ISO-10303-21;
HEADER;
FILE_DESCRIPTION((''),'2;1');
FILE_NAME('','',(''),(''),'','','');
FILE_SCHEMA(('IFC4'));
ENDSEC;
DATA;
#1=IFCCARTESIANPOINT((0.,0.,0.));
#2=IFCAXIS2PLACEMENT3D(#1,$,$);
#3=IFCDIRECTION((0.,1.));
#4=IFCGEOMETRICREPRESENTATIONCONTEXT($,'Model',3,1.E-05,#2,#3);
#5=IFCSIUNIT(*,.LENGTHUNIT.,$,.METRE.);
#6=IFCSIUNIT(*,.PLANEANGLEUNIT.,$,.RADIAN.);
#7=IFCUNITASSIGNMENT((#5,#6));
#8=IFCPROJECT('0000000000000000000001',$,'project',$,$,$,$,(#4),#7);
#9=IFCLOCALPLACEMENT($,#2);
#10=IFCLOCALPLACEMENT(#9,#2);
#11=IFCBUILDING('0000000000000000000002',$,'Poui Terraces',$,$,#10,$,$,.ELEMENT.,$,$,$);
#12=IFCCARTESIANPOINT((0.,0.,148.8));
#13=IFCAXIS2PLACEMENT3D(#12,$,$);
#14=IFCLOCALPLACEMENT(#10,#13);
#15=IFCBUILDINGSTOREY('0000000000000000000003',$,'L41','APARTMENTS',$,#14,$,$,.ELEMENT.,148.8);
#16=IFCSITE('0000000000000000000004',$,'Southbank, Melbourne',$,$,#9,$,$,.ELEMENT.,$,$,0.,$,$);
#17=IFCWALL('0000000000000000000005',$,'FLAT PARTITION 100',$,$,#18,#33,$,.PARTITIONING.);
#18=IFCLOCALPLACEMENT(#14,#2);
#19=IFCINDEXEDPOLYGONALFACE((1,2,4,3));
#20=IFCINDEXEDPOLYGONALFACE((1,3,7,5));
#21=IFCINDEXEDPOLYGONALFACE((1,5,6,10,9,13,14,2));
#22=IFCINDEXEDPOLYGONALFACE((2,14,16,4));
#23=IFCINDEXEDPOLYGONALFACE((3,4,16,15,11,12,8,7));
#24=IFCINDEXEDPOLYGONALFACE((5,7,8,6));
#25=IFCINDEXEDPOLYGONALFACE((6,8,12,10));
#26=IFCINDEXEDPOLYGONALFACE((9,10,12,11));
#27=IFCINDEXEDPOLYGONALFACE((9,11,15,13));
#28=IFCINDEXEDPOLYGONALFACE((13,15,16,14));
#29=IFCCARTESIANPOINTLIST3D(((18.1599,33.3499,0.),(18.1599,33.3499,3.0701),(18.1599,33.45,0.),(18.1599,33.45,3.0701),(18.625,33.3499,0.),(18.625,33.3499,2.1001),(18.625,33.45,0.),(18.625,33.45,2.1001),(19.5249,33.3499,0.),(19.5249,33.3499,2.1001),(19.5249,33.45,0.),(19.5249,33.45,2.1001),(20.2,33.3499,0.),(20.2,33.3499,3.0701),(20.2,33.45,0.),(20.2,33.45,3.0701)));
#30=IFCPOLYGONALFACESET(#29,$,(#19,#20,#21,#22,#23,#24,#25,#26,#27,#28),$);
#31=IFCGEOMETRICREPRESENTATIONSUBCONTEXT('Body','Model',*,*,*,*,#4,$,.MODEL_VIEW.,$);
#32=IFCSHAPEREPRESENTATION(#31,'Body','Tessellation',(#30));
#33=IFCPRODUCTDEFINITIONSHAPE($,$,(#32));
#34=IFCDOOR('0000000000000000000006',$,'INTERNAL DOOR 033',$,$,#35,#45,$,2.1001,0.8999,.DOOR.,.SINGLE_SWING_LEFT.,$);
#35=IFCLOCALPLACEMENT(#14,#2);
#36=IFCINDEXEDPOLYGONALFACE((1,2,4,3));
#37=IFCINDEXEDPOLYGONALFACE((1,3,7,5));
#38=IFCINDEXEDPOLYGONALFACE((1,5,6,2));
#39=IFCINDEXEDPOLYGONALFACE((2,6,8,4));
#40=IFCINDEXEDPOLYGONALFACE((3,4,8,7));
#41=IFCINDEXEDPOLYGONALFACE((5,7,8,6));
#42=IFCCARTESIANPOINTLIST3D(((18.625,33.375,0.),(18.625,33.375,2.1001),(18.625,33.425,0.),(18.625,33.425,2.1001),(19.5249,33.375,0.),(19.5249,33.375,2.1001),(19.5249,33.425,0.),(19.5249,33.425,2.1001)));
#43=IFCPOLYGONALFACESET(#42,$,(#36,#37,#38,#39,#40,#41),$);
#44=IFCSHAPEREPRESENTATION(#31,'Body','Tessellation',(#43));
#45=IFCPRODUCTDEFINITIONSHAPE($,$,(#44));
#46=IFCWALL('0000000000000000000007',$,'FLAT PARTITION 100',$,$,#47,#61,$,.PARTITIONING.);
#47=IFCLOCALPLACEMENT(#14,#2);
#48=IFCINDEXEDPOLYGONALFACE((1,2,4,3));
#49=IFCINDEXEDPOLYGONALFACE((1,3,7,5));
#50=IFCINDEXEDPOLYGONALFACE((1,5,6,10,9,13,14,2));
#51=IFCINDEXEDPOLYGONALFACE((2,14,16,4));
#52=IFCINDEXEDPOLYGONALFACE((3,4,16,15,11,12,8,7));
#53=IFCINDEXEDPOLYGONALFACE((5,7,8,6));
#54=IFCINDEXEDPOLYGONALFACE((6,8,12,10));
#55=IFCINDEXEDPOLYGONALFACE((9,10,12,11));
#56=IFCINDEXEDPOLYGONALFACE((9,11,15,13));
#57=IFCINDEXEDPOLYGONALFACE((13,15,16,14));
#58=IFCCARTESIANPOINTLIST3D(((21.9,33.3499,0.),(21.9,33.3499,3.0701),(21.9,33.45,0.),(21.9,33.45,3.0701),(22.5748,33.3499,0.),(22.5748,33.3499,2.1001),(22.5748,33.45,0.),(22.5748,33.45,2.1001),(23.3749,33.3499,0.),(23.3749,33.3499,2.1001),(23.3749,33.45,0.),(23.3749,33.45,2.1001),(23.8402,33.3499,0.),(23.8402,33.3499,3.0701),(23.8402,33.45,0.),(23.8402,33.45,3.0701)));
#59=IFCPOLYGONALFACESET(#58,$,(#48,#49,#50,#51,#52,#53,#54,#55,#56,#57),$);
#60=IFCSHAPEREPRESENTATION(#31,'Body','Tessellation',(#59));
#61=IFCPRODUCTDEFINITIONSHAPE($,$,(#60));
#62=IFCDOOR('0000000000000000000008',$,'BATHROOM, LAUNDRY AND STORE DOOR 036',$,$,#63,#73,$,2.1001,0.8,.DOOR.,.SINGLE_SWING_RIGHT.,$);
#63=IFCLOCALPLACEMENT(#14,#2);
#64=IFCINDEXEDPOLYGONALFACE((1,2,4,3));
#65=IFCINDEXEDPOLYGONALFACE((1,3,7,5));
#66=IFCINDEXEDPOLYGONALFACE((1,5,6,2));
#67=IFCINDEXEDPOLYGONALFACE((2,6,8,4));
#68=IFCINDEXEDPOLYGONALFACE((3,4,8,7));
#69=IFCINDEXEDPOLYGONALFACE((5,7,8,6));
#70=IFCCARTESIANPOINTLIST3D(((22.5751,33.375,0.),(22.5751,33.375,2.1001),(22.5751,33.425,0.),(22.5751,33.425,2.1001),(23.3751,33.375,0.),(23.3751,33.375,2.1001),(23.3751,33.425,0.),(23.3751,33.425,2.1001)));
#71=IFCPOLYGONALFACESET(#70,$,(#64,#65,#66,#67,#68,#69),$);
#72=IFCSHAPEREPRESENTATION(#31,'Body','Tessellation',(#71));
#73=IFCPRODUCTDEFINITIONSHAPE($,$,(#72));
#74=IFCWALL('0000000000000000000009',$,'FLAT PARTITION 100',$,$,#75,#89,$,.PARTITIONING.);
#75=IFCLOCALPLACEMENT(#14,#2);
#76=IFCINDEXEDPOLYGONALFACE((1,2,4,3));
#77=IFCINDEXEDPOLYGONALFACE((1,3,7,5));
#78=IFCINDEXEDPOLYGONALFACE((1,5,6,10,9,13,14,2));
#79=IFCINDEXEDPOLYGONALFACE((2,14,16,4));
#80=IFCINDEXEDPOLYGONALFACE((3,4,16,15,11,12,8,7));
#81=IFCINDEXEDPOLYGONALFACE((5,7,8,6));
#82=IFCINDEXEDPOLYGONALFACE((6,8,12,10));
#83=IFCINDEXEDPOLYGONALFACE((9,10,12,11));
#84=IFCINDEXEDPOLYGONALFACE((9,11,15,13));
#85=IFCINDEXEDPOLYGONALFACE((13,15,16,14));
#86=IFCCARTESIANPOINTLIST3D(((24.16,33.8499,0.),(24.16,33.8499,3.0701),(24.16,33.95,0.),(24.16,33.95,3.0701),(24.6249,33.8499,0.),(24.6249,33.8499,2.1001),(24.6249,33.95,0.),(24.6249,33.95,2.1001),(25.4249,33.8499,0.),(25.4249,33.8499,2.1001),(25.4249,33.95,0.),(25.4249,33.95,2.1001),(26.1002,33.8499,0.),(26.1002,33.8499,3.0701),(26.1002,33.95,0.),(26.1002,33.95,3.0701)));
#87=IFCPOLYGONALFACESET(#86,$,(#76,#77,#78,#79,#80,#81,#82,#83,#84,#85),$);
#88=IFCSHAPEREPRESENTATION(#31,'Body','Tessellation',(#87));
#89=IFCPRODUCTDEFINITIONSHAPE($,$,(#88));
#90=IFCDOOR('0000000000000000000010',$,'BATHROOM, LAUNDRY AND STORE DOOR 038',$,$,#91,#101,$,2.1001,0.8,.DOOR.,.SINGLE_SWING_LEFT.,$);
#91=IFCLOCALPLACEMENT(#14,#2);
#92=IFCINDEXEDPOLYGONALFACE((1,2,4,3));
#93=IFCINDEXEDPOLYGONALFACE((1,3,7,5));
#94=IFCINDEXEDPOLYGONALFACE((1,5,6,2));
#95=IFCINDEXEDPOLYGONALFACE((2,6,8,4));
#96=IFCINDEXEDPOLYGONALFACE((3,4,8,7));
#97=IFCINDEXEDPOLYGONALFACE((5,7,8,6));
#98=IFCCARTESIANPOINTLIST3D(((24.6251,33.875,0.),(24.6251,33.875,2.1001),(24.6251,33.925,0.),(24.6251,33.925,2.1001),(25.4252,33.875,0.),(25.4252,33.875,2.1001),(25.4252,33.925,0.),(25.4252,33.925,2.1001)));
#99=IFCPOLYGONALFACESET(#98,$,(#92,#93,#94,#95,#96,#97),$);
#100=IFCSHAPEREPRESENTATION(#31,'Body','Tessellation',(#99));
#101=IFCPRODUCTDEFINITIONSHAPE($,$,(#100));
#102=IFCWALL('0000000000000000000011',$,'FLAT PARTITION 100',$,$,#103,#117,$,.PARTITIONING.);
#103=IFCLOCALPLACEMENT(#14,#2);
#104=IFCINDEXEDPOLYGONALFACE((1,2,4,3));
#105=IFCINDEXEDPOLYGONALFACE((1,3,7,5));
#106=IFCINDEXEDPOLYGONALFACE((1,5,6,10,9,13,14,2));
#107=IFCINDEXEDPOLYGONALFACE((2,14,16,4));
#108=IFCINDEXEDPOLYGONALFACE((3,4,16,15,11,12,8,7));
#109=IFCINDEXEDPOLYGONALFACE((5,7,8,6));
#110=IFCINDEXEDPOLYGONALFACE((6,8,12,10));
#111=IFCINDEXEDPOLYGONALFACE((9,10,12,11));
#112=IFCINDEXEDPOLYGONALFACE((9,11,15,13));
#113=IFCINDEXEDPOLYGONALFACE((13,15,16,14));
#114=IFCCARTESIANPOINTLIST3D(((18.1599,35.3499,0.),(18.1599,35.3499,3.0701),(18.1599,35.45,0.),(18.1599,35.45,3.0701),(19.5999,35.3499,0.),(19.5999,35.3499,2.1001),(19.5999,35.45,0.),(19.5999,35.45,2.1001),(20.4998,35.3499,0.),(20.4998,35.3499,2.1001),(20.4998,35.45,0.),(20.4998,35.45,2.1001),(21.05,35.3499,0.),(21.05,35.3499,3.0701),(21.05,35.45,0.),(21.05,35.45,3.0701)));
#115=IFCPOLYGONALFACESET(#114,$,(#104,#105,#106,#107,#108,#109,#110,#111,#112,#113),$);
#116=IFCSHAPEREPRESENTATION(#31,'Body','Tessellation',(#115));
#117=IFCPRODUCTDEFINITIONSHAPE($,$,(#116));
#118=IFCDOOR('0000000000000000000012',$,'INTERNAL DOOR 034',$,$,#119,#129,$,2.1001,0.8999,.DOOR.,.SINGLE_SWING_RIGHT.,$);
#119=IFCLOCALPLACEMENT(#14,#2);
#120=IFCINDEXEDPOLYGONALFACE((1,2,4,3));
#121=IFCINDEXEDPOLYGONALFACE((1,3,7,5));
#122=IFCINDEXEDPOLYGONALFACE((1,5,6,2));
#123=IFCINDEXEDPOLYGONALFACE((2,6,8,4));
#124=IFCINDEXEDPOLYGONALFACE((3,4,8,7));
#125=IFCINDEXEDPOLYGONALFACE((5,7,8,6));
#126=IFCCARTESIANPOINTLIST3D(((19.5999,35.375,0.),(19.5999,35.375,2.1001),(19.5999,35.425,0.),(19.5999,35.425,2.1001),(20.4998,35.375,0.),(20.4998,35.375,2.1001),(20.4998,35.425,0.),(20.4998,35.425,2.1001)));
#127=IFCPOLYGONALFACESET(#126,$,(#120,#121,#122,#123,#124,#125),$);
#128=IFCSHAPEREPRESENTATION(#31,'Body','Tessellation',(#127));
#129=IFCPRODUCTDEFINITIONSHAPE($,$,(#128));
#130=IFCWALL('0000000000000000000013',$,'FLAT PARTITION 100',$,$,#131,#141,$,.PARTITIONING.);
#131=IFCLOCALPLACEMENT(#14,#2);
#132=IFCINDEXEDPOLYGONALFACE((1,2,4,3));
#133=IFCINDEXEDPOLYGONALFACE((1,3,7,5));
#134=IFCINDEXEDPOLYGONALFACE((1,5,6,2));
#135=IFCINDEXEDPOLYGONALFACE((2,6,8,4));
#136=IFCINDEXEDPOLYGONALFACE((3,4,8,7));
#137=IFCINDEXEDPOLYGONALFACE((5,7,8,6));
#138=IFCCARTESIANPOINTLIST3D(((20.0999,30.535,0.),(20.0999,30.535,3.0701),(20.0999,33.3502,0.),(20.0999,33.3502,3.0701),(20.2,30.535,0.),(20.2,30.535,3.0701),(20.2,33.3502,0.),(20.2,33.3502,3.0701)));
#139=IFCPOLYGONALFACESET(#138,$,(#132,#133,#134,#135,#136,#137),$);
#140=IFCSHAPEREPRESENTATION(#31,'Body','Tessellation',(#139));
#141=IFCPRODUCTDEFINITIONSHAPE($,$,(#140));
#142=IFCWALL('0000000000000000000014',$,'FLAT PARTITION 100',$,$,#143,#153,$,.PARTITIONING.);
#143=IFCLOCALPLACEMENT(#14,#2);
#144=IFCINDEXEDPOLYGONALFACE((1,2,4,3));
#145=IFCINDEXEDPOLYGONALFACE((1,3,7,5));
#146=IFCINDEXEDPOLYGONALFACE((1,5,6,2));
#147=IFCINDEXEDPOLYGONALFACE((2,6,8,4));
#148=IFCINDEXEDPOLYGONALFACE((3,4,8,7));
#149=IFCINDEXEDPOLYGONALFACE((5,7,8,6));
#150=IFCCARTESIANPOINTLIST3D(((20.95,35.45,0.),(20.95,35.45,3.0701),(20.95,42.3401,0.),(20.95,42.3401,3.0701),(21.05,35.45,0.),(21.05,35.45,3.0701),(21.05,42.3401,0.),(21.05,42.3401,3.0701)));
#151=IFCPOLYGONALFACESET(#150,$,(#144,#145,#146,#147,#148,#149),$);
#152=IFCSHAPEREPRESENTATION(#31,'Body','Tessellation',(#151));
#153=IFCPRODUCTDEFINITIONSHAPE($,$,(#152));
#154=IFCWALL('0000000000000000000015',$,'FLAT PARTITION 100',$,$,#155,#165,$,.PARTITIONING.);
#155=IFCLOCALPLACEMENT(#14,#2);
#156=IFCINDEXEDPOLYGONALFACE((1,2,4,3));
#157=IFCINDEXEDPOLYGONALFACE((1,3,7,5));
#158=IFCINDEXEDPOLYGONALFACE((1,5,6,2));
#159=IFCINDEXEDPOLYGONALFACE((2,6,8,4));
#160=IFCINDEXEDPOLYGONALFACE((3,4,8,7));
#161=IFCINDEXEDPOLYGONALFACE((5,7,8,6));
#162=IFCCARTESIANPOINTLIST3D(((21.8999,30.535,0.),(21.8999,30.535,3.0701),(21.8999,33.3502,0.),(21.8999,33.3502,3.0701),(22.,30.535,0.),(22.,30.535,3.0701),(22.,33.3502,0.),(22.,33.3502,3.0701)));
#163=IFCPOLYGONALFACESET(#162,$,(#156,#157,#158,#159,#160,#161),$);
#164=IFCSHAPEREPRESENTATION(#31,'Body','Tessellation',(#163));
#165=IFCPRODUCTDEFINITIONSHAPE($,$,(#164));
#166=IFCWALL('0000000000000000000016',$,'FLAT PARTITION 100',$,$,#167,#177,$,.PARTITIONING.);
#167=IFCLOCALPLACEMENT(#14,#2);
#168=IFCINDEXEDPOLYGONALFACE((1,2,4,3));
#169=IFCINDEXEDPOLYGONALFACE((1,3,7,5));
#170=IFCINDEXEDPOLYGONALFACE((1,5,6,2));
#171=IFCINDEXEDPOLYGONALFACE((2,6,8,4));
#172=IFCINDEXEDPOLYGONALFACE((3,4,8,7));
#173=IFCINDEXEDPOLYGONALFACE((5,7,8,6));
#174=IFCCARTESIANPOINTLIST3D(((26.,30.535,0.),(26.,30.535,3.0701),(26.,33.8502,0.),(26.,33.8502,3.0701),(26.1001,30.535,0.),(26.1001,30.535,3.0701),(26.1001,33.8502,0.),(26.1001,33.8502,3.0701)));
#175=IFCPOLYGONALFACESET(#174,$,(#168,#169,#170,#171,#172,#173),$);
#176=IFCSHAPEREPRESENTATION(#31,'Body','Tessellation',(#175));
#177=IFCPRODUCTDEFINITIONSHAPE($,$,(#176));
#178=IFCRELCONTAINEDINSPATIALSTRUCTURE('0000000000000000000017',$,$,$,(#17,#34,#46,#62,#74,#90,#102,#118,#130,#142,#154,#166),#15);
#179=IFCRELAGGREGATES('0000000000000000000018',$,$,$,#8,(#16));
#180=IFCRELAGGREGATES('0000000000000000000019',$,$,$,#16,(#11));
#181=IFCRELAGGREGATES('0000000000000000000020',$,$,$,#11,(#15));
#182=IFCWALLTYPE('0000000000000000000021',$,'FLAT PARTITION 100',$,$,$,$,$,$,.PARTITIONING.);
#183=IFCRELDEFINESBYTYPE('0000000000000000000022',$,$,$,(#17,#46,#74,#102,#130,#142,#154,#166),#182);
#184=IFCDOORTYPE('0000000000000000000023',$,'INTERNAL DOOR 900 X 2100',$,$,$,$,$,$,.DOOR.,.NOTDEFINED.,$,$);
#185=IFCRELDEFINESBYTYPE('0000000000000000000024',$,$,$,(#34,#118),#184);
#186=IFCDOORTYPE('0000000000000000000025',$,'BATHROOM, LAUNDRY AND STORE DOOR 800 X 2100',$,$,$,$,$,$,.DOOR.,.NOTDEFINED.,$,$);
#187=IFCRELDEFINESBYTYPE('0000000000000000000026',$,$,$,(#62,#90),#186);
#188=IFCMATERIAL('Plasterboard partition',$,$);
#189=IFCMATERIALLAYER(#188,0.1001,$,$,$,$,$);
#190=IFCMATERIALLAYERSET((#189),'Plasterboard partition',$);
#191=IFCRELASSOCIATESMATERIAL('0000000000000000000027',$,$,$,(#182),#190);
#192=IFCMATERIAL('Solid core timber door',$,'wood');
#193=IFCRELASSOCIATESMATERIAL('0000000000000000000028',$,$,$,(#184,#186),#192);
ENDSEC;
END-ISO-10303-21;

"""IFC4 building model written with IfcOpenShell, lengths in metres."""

from ifc_helpers import new_model, si_unit, direction, frame, frame_2d, origin, place, context, subcontext, project, spatial, rectangle, extrude, material, layer, layer_set, type_object, element, fill, save


model = new_model("IFC4")

# Units and contexts
model_context = context("Model", 3, precision=1e-05, world=origin(), true_north=direction((0.0, 1.0)))
body_context = subcontext(model_context, "Body", "Model", "MODEL_VIEW")
ifc_project = project(units=[si_unit("LENGTHUNIT", "METRE"), si_unit("PLANEANGLEUNIT", "RADIAN")], contexts=[model_context])

# Site, building, storey
site_placement = place(None, origin())
site = spatial("IfcSite", under=ifc_project, at=site_placement, Name="Southbank, Melbourne", CompositionType="ELEMENT", RefElevation=0.0)
building_placement = place(site_placement, origin())
building = spatial("IfcBuilding", under=site, at=building_placement, Name="Poui Terraces", CompositionType="ELEMENT")
storey_placement = place(building_placement, frame((0.0, 0.0, 148.8)))
storey = spatial("IfcBuildingStorey", under=building, at=storey_placement, Name="L41", Description="APARTMENTS", CompositionType="ELEMENT", Elevation=148.8)

# Shared definitions
ifc_material_1 = material(Name="Solid core timber door", Category="wood")

# Walls, openings, doors
ifc_material_2 = material(Name="Plasterboard partition")
ifc_layer_1 = layer(ifc_material_2, 0.1001)
ifc_layer_set_1 = layer_set([ifc_layer_1], Name="Plasterboard partition")
wall_type_1 = type_object("IfcWallType", Name="FLAT PARTITION 100", PredefinedType="PARTITIONING", material=ifc_layer_set_1)
wall_1_placement = place(storey_placement, frame((18.1599, 33.3999, 0.0), z_axis=(0.0, 0.0, 1.0), x_axis=(1.0, 0.0, 0.0)))
wall_1 = element("IfcWall", 1, at=wall_1_placement, inside=storey, type_object=wall_type_1, Name="FLAT PARTITION 100", PredefinedType="PARTITIONING", context=body_context, shape_type="SweptSolid", body=[
    extrude(rectangle(XDim=2.04, YDim=0.1001, at=frame_2d((1.02, 0.0))), origin(), (0.0, 0.0, 1.0), 3.0701),
])
opening_1_placement = place(wall_1_placement, frame((0.4651, 0.0, 0.0)))
opening_1 = element("IfcOpeningElement", 2, at=opening_1_placement, cuts=wall_1, PredefinedType="OPENING", context=body_context, shape_type="SweptSolid", body=[
    extrude(rectangle(XDim=0.8999, YDim=2.1001, at=frame_2d((0.45, 1.05))), frame((0.0, 0.0601, 0.0), z_axis=(0.0, -1.0, 0.0), x_axis=(1.0, 0.0, 0.0)), (0.0, 0.0, 1.0), 0.1201),
])
door_type_1 = type_object("IfcDoorType", Name="INTERNAL DOOR 900 X 2100", OperationType="NOTDEFINED", PredefinedType="DOOR", material=ifc_material_1)
door_1_placement = place(opening_1_placement, frame((0.8999, 0.0, 0.0), z_axis=(0.0, 0.0, 1.0), x_axis=(-1.0, 0.0, 0.0)))
door_1 = element("IfcDoor", 3, at=door_1_placement, inside=storey, type_object=door_type_1, Name="INTERNAL DOOR 033", OperationType="SINGLE_SWING_LEFT", OverallHeight=2.1001, OverallWidth=0.8999, PredefinedType="DOOR", context=body_context, shape_type="SweptSolid", body=[
    extrude(rectangle(XDim=0.8999, YDim=2.1001, at=frame_2d((0.45, 1.05))), frame((0.0, 0.0249, 0.0), z_axis=(0.0, -1.0, 0.0), x_axis=(1.0, 0.0, 0.0)), (0.0, 0.0, 1.0), 0.05),
])
fill(opening_1, door_1)
wall_2_placement = place(storey_placement, frame((21.8999, 33.3999, 0.0), z_axis=(0.0, 0.0, 1.0), x_axis=(1.0, 0.0, 0.0)))
wall_2 = element("IfcWall", 4, at=wall_2_placement, inside=storey, type_object=wall_type_1, Name="FLAT PARTITION 100", PredefinedType="PARTITIONING", context=body_context, shape_type="SweptSolid", body=[
    extrude(rectangle(XDim=1.9402, YDim=0.1001, at=frame_2d((0.9702, 0.0))), origin(), (0.0, 0.0, 1.0), 3.0701),
])
opening_2_placement = place(wall_2_placement, frame((0.675, 0.0, 0.0)))
opening_2 = element("IfcOpeningElement", 5, at=opening_2_placement, cuts=wall_2, PredefinedType="OPENING", context=body_context, shape_type="SweptSolid", body=[
    extrude(rectangle(XDim=0.8, YDim=2.1001, at=frame_2d((0.3999, 1.05))), frame((0.0, 0.0601, 0.0), z_axis=(0.0, -1.0, 0.0), x_axis=(1.0, 0.0, 0.0)), (0.0, 0.0, 1.0), 0.1201),
])
door_type_2 = type_object("IfcDoorType", Name="BATHROOM, LAUNDRY AND STORE DOOR 800 X 2100", OperationType="NOTDEFINED", PredefinedType="DOOR", material=ifc_material_1)
door_2_placement = place(opening_2_placement, frame((0.8, 0.0, 0.0), z_axis=(0.0, 0.0, 1.0), x_axis=(-1.0, 0.0, 0.0)))
door_2 = element("IfcDoor", 6, at=door_2_placement, inside=storey, type_object=door_type_2, Name="BATHROOM, LAUNDRY AND STORE DOOR 036", OperationType="SINGLE_SWING_RIGHT", OverallHeight=2.1001, OverallWidth=0.8, PredefinedType="DOOR", context=body_context, shape_type="SweptSolid", body=[
    extrude(rectangle(XDim=0.8, YDim=2.1001, at=frame_2d((0.3999, 1.05))), frame((0.0, 0.0249, 0.0), z_axis=(0.0, -1.0, 0.0), x_axis=(1.0, 0.0, 0.0)), (0.0, 0.0, 1.0), 0.05),
])
fill(opening_2, door_2)
wall_3_placement = place(storey_placement, frame((24.1599, 33.8999, 0.0), z_axis=(0.0, 0.0, 1.0), x_axis=(1.0, 0.0, 0.0)))
wall_3 = element("IfcWall", 7, at=wall_3_placement, inside=storey, type_object=wall_type_1, Name="FLAT PARTITION 100", PredefinedType="PARTITIONING", context=body_context, shape_type="SweptSolid", body=[
    extrude(rectangle(XDim=1.9402, YDim=0.1001, at=frame_2d((0.9702, 0.0))), origin(), (0.0, 0.0, 1.0), 3.0701),
])
opening_3_placement = place(wall_3_placement, frame((0.4651, 0.0, 0.0)))
opening_3 = element("IfcOpeningElement", 8, at=opening_3_placement, cuts=wall_3, PredefinedType="OPENING", context=body_context, shape_type="SweptSolid", body=[
    extrude(rectangle(XDim=0.8, YDim=2.1001, at=frame_2d((0.3999, 1.05))), frame((0.0, 0.0601, 0.0), z_axis=(0.0, -1.0, 0.0), x_axis=(1.0, 0.0, 0.0)), (0.0, 0.0, 1.0), 0.1201),
])
door_3_placement = place(opening_3_placement, frame((0.8, 0.0, 0.0), z_axis=(0.0, 0.0, 1.0), x_axis=(-1.0, 0.0, 0.0)))
door_3 = element("IfcDoor", 9, at=door_3_placement, inside=storey, type_object=door_type_2, Name="BATHROOM, LAUNDRY AND STORE DOOR 038", OperationType="SINGLE_SWING_LEFT", OverallHeight=2.1001, OverallWidth=0.8, PredefinedType="DOOR", context=body_context, shape_type="SweptSolid", body=[
    extrude(rectangle(XDim=0.8, YDim=2.1001, at=frame_2d((0.3999, 1.05))), frame((0.0, 0.0249, 0.0), z_axis=(0.0, -1.0, 0.0), x_axis=(1.0, 0.0, 0.0)), (0.0, 0.0, 1.0), 0.05),
])
fill(opening_3, door_3)
wall_4_placement = place(storey_placement, frame((18.1599, 35.3999, 0.0), z_axis=(0.0, 0.0, 1.0), x_axis=(1.0, 0.0, 0.0)))
wall_4 = element("IfcWall", 10, at=wall_4_placement, inside=storey, type_object=wall_type_1, Name="FLAT PARTITION 100", PredefinedType="PARTITIONING", context=body_context, shape_type="SweptSolid", body=[
    extrude(rectangle(XDim=2.8901, YDim=0.1001, at=frame_2d((1.4451, 0.0))), origin(), (0.0, 0.0, 1.0), 3.0701),
])
opening_4_placement = place(wall_4_placement, frame((1.4399, 0.0, 0.0)))
opening_4 = element("IfcOpeningElement", 11, at=opening_4_placement, cuts=wall_4, PredefinedType="OPENING", context=body_context, shape_type="SweptSolid", body=[
    extrude(rectangle(XDim=0.8999, YDim=2.1001, at=frame_2d((0.45, 1.05))), frame((0.0, 0.0601, 0.0), z_axis=(0.0, -1.0, 0.0), x_axis=(1.0, 0.0, 0.0)), (0.0, 0.0, 1.0), 0.1201),
])
door_4_placement = place(opening_4_placement, frame((0.8999, 0.0, 0.0), z_axis=(0.0, 0.0, 1.0), x_axis=(-1.0, 0.0, 0.0)))
door_4 = element("IfcDoor", 12, at=door_4_placement, inside=storey, type_object=door_type_1, Name="INTERNAL DOOR 034", OperationType="SINGLE_SWING_RIGHT", OverallHeight=2.1001, OverallWidth=0.8999, PredefinedType="DOOR", context=body_context, shape_type="SweptSolid", body=[
    extrude(rectangle(XDim=0.8999, YDim=2.1001, at=frame_2d((0.45, 1.05))), frame((0.0, 0.0249, 0.0), z_axis=(0.0, -1.0, 0.0), x_axis=(1.0, 0.0, 0.0)), (0.0, 0.0, 1.0), 0.05),
])
fill(opening_4, door_4)

# Walls
wall_5_placement = place(storey_placement, frame((20.1499, 30.5349, 0.0), z_axis=(0.0, 0.0, 1.0), x_axis=(0.0, 1.0, 0.0)))
element("IfcWall", 13, at=wall_5_placement, inside=storey, type_object=wall_type_1, Name="FLAT PARTITION 100", PredefinedType="PARTITIONING", context=body_context, shape_type="SweptSolid", body=[
    extrude(rectangle(XDim=2.8152, YDim=0.1001, at=frame_2d((1.4077, 0.0))), origin(), (0.0, 0.0, 1.0), 3.0701),
])
wall_6_placement = place(storey_placement, frame((21.0, 35.45, 0.0), z_axis=(0.0, 0.0, 1.0), x_axis=(0.0, 1.0, 0.0)))
element("IfcWall", 14, at=wall_6_placement, inside=storey, type_object=wall_type_1, Name="FLAT PARTITION 100", PredefinedType="PARTITIONING", context=body_context, shape_type="SweptSolid", body=[
    extrude(rectangle(XDim=6.8901, YDim=0.1001, at=frame_2d((3.4451, 0.0))), origin(), (0.0, 0.0, 1.0), 3.0701),
])
wall_7_placement = place(storey_placement, frame((21.95, 30.5349, 0.0), z_axis=(0.0, 0.0, 1.0), x_axis=(0.0, 1.0, 0.0)))
element("IfcWall", 15, at=wall_7_placement, inside=storey, type_object=wall_type_1, Name="FLAT PARTITION 100", PredefinedType="PARTITIONING", context=body_context, shape_type="SweptSolid", body=[
    extrude(rectangle(XDim=2.8152, YDim=0.1001, at=frame_2d((1.4077, 0.0))), origin(), (0.0, 0.0, 1.0), 3.0701),
])
wall_8_placement = place(storey_placement, frame((26.05, 30.5349, 0.0), z_axis=(0.0, 0.0, 1.0), x_axis=(0.0, 1.0, 0.0)))
element("IfcWall", 16, at=wall_8_placement, inside=storey, type_object=wall_type_1, Name="FLAT PARTITION 100", PredefinedType="PARTITIONING", context=body_context, shape_type="SweptSolid", body=[
    extrude(rectangle(XDim=3.3152, YDim=0.1001, at=frame_2d((1.6577, 0.0))), origin(), (0.0, 0.0, 1.0), 3.0701),
])

save(model, "model.ifc")
